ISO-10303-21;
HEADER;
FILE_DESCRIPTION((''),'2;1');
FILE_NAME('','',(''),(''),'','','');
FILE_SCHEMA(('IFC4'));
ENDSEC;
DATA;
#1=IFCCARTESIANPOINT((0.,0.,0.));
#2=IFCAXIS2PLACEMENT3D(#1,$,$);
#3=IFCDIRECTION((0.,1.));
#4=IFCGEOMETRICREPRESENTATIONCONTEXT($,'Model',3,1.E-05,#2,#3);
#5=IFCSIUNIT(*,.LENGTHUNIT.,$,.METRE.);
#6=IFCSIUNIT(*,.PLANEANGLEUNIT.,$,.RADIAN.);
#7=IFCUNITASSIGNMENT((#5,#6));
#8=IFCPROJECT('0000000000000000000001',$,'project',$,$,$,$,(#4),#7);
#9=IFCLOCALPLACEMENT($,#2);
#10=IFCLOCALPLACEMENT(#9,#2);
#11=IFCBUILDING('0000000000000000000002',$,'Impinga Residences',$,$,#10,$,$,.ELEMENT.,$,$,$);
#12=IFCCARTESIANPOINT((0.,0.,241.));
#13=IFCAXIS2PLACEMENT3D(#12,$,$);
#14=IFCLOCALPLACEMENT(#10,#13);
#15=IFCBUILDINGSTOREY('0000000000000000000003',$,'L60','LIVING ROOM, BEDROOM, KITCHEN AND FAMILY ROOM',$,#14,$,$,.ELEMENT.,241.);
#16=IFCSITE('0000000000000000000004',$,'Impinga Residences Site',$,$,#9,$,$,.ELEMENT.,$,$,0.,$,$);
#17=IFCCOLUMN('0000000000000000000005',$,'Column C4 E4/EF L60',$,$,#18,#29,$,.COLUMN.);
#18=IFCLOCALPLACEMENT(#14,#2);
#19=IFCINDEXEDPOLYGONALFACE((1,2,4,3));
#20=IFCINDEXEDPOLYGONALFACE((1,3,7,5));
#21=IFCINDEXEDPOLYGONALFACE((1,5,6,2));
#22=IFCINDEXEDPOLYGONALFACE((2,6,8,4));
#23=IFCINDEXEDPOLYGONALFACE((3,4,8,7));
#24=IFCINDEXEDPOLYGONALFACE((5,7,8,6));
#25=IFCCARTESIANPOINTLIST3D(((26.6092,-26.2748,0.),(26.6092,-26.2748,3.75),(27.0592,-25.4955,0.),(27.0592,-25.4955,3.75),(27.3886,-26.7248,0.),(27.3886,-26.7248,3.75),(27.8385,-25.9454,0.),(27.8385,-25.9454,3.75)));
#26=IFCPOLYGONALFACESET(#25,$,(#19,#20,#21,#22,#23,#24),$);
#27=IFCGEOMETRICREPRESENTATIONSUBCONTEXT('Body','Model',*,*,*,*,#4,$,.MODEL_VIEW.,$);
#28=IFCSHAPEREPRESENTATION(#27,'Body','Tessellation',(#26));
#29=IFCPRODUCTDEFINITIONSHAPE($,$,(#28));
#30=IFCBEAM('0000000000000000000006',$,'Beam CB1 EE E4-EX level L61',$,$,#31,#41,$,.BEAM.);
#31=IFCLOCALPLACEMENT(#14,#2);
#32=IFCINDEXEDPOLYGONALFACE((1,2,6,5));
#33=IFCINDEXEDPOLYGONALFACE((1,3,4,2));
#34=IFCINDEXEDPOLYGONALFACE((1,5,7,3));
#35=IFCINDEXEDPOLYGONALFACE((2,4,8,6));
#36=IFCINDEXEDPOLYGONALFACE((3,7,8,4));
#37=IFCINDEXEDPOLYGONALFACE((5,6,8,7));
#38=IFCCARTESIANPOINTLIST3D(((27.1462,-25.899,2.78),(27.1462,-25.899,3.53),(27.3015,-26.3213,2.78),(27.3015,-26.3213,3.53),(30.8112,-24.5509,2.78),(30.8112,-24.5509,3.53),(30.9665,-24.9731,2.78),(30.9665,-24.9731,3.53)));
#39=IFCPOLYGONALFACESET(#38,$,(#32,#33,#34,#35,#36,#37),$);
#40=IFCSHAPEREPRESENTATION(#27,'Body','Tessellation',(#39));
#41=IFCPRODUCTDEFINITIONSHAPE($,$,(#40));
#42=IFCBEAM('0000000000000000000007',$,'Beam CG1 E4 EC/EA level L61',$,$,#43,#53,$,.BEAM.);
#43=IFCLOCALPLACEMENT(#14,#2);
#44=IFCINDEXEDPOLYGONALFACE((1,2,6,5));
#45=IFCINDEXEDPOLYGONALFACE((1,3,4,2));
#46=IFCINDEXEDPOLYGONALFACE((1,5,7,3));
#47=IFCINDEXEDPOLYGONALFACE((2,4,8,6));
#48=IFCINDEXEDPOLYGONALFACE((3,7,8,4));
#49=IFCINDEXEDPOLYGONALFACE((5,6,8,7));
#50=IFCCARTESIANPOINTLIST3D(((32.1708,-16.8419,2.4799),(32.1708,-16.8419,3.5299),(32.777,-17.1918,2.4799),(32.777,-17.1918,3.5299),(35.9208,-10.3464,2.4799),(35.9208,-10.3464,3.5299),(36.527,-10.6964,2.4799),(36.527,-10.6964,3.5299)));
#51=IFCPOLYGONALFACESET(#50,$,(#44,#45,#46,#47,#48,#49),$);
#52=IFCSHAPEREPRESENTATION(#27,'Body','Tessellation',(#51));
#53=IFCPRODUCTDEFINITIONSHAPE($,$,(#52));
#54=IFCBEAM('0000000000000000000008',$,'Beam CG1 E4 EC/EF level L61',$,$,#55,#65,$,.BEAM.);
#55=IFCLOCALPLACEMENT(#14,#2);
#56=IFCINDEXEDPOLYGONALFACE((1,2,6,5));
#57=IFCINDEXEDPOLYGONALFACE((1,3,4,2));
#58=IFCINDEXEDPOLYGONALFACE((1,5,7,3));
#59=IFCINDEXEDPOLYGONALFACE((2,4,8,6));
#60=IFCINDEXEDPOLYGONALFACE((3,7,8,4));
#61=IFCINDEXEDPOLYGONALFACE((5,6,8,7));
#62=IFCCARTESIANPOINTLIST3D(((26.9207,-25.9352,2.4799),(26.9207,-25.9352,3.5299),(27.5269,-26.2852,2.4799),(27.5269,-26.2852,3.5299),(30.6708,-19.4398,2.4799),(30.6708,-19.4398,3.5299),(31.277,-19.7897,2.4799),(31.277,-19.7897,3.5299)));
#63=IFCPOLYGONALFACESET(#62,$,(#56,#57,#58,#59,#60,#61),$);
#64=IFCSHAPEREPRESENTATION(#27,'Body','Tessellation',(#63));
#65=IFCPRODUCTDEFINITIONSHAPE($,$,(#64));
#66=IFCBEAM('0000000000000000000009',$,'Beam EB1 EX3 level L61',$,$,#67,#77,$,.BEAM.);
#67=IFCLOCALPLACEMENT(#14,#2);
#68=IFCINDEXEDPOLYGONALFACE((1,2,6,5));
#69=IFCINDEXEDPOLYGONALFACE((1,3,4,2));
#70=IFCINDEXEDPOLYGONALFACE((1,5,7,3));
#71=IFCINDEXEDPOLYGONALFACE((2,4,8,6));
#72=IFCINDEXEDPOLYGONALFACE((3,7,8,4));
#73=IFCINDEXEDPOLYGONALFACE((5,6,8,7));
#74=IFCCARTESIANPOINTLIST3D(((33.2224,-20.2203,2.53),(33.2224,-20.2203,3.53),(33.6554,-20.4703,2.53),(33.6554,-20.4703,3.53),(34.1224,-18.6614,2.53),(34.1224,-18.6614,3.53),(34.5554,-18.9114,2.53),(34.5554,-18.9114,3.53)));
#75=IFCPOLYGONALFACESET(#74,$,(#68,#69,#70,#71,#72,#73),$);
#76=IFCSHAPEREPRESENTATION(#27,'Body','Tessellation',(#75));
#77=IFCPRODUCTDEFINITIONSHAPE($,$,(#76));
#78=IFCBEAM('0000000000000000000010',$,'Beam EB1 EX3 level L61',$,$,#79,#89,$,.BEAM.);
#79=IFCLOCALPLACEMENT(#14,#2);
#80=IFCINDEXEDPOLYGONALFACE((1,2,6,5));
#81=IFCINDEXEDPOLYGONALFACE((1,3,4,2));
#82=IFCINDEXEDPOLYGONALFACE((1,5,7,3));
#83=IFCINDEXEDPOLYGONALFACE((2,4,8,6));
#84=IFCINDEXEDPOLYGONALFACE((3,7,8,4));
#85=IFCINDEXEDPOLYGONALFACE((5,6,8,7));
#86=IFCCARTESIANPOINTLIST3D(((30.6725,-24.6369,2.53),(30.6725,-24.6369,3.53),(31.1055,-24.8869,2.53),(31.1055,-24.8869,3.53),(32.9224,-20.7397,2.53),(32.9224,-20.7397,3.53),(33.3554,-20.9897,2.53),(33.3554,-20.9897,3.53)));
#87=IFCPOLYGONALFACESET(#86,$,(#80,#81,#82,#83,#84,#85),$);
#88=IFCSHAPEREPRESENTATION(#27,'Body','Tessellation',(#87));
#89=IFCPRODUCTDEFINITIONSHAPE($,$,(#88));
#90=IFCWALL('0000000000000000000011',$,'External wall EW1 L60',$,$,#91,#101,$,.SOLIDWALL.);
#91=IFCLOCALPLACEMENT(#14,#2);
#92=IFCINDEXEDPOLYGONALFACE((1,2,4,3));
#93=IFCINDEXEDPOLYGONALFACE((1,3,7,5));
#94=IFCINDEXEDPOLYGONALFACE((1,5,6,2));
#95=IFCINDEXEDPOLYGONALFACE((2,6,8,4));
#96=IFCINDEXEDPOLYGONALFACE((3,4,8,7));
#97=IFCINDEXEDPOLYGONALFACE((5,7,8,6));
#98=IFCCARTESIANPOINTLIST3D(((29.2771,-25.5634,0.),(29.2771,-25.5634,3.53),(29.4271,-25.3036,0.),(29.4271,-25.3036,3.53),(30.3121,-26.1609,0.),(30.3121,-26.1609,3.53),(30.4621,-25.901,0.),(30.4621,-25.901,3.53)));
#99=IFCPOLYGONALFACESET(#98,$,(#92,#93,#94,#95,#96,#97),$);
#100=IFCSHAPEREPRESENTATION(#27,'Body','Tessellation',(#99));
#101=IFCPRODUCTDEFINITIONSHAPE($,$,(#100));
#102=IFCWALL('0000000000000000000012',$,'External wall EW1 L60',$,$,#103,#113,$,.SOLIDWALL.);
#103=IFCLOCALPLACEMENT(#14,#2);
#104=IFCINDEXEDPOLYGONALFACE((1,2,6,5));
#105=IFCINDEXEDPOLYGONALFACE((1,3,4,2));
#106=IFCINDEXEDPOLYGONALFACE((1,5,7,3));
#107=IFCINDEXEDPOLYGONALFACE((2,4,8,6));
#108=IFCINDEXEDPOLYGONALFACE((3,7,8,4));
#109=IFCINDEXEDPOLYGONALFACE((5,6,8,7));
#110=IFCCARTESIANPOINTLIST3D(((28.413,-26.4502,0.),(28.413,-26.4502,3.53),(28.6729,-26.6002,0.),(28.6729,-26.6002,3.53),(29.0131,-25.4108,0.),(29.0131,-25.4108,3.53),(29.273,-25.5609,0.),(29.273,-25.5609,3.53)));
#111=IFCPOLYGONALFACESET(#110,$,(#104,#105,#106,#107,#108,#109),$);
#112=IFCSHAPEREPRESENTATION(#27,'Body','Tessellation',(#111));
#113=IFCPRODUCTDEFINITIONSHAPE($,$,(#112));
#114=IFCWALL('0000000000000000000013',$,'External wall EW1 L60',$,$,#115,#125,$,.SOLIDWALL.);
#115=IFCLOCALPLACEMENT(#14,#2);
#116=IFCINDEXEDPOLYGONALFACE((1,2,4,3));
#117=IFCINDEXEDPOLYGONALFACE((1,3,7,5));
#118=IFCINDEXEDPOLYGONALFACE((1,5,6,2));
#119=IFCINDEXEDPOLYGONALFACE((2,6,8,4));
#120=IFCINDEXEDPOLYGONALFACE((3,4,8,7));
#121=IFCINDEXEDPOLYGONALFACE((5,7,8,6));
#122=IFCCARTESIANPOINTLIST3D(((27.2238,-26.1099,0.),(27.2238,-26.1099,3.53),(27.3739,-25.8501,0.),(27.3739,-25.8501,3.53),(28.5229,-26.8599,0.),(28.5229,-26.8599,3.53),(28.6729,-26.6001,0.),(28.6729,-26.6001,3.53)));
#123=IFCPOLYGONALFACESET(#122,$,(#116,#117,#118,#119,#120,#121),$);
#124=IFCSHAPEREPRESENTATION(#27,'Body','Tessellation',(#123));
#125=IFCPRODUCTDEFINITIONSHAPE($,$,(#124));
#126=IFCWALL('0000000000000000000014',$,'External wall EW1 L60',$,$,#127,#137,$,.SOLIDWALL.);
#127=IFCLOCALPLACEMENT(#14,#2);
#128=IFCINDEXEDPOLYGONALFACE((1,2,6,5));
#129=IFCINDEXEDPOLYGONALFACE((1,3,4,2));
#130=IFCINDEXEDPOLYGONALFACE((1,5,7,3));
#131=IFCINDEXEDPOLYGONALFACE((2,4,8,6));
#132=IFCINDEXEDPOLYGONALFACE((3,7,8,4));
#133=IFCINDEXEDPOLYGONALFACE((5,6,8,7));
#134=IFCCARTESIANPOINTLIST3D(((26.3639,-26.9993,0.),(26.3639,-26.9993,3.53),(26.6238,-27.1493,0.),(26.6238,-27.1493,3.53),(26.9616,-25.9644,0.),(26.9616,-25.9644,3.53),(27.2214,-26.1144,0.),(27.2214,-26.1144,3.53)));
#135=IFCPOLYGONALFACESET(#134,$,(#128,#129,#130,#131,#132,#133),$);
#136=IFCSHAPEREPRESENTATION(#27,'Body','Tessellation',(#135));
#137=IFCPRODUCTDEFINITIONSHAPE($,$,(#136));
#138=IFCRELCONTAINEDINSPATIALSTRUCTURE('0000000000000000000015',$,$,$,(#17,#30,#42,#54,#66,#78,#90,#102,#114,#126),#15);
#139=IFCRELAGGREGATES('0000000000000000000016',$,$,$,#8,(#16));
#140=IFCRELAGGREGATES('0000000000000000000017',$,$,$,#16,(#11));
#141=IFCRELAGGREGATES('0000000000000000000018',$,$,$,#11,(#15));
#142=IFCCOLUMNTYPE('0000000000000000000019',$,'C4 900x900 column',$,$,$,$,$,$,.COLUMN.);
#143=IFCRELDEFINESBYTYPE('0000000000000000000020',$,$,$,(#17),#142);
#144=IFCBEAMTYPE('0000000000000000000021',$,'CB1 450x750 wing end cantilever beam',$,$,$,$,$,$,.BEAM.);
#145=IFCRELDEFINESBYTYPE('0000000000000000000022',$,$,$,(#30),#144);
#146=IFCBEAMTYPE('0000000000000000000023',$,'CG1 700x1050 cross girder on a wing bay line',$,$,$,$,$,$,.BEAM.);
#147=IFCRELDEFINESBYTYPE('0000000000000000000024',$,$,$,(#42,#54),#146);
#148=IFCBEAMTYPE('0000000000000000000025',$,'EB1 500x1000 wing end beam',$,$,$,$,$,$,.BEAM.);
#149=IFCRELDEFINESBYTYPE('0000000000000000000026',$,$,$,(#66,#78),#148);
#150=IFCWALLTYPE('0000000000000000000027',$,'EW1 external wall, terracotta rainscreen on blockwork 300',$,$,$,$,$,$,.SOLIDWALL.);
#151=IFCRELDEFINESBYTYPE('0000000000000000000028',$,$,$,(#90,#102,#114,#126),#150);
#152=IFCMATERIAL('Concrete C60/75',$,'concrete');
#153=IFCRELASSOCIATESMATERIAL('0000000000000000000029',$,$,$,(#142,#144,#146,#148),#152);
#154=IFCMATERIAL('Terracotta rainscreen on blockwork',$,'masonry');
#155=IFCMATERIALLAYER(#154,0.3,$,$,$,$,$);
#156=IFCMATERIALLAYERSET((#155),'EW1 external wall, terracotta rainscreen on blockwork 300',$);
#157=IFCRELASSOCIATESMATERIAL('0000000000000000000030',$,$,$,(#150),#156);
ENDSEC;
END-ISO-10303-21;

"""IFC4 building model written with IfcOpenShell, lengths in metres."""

from ifc_helpers import new_model, si_unit, direction, frame, frame_2d, origin, origin_2d, place, context, subcontext, project, spatial, rectangle, extrude, material, layer, layer_set, material_profile, profile_set, type_object, element, save


model = new_model("IFC4")

# Units and contexts
model_context = context("Model", 3, precision=1e-05, world=origin(), true_north=direction((0.0, 1.0)))
body_context = subcontext(model_context, "Body", "Model", "MODEL_VIEW")
ifc_project = project(units=[si_unit("LENGTHUNIT", "METRE"), si_unit("PLANEANGLEUNIT", "RADIAN")], contexts=[model_context])

# Site, building, storey
site_placement = place(None, origin())
site = spatial("IfcSite", under=ifc_project, at=site_placement, Name="Impinga Residences Site", CompositionType="ELEMENT", RefElevation=0.0)
building_placement = place(site_placement, origin())
building = spatial("IfcBuilding", under=site, at=building_placement, Name="Impinga Residences", CompositionType="ELEMENT")
storey_placement = place(building_placement, frame((0.0, 0.0, 241.0)))
storey = spatial("IfcBuildingStorey", under=building, at=storey_placement, Name="L60", Description="LIVING ROOM, BEDROOM, KITCHEN AND FAMILY ROOM", CompositionType="ELEMENT", Elevation=241.0)

# Column
ifc_material_1 = material(Name="Concrete C60/75", Category="concrete")
ifc_material_profile_1 = material_profile(ifc_material_1, rectangle(XDim=0.8999, YDim=0.8999, at=origin_2d()), Name="RC 900x900")
ifc_profile_set_1 = profile_set([ifc_material_profile_1], Name="Concrete C60/75")
column_type = type_object("IfcColumnType", Name="C4 900x900 column", PredefinedType="COLUMN", material=ifc_profile_set_1)
column_placement = place(storey_placement, frame((27.2239, -26.1101, 0.0), z_axis=(0.0, 0.0, 1.0), x_axis=(-0.5, -0.866025, 0.0)))
element("IfcColumn", 1, at=column_placement, inside=storey, type_object=column_type, Name="Column C4 E4/EF L60", PredefinedType="COLUMN", context=body_context, shape_type="SweptSolid", body=[
    extrude(rectangle(XDim=0.8999, YDim=0.8999, at=origin_2d()), origin(), (0.0, 0.0, 1.0), 3.75),
])

# Beams
ifc_material_profile_2 = material_profile(ifc_material_1, rectangle(XDim=0.45, YDim=0.75, at=origin_2d()), Name="RC 450x750")
ifc_profile_set_2 = profile_set([ifc_material_profile_2], Name="Concrete C60/75")
beam_type_1 = type_object("IfcBeamType", Name="CB1 450x750 wing end cantilever beam", PredefinedType="BEAM", material=ifc_profile_set_2)
beam_1_placement = place(storey_placement, frame((27.2239, -26.1101, 3.155), z_axis=(0.93852, 0.345224, 0.0), x_axis=(-0.345224, 0.93852, 0.0)))
element("IfcBeam", 2, at=beam_1_placement, inside=storey, type_object=beam_type_1, Name="Beam CB1 EE E4-EX level L61", PredefinedType="BEAM", context=body_context, shape_type="SweptSolid", body=[
    extrude(rectangle(XDim=0.45, YDim=0.75, at=origin_2d()), origin(), (0.0, 0.0, 1.0), 3.905),
])
ifc_material_profile_3 = material_profile(ifc_material_1, rectangle(XDim=0.7, YDim=1.05, at=origin_2d()), Name="RC 700x1050")
ifc_profile_set_3 = profile_set([ifc_material_profile_3], Name="Concrete C60/75")
beam_type_2 = type_object("IfcBeamType", Name="CG1 700x1050 cross girder on a wing bay line", PredefinedType="BEAM", material=ifc_profile_set_3)
for number, where, z_axis, x_axis, name in (
    (3, (32.4739, -17.0168, 3.0049), (0.49999, 0.866031, 0.0), (-0.866031, 0.49999, 0.0), "Beam CG1 E4 EC/EA level L61"),
    (4, (30.9739, -19.6147, 3.0049), (-0.49999, -0.866031, 0.0), (0.866031, -0.49999, 0.0), "Beam CG1 E4 EC/EF level L61"),
):
    element("IfcBeam", number, at=place(storey_placement, frame(where, z_axis=z_axis, x_axis=x_axis)), inside=storey, type_object=beam_type_2, Name=name, PredefinedType="BEAM", context=body_context, shape_type="SweptSolid", body=[
        extrude(rectangle(XDim=0.7, YDim=1.05, at=origin_2d()), origin(), (0.0, 0.0, 1.0), 7.5002),
    ])
ifc_material_profile_4 = material_profile(ifc_material_1, rectangle(XDim=0.5, YDim=1.0, at=origin_2d()), Name="RC 500x1000")
ifc_profile_set_4 = profile_set([ifc_material_profile_4], Name="Concrete C60/75")
beam_type_3 = type_object("IfcBeamType", Name="EB1 500x1000 wing end beam", PredefinedType="BEAM", material=ifc_profile_set_4)
beam_2_placement = place(storey_placement, frame((34.3389, -18.7864, 3.03), z_axis=(-0.499961, -0.866048, 0.0), x_axis=(0.866048, -0.499961, 0.0)))
element("IfcBeam", 5, at=beam_2_placement, inside=storey, type_object=beam_type_3, Name="Beam EB1 EX3 level L61", PredefinedType="BEAM", context=body_context, shape_type="SweptSolid", body=[
    extrude(rectangle(XDim=0.5, YDim=1.0, at=origin_2d()), origin(), (0.0, 0.0, 1.0), 1.8),
])
beam_3_placement = place(storey_placement, frame((33.1389, -20.8647, 3.03), z_axis=(-0.49999, -0.866031, 0.0), x_axis=(0.866031, -0.49999, 0.0)))
element("IfcBeam", 6, at=beam_3_placement, inside=storey, type_object=beam_type_3, Name="Beam EB1 EX3 level L61", PredefinedType="BEAM", context=body_context, shape_type="SweptSolid", body=[
    extrude(rectangle(XDim=0.5, YDim=1.0, at=origin_2d()), origin(), (0.0, 0.0, 1.0), 4.5),
])

# Walls
ifc_material_2 = material(Name="Terracotta rainscreen on blockwork", Category="masonry")
ifc_layer_1 = layer(ifc_material_2, 0.3)
ifc_layer_set_1 = layer_set([ifc_layer_1], Name="EW1 external wall, terracotta rainscreen on blockwork 300")
wall_type_1 = type_object("IfcWallType", Name="EW1 external wall, terracotta rainscreen on blockwork 300", PredefinedType="SOLIDWALL", material=ifc_layer_set_1)
wall_1_placement = place(storey_placement, frame((30.3872, -26.031, 0.0), z_axis=(0.0, 0.0, 1.0), x_axis=(-0.86606, 0.499941, 0.0)))
element("IfcWall", 7, at=wall_1_placement, inside=storey, type_object=wall_type_1, Name="External wall EW1 L60", PredefinedType="SOLIDWALL", context=body_context, shape_type="SweptSolid", body=[
    extrude(rectangle(XDim=1.1951, YDim=0.3, at=frame_2d((0.5977, 0.0))), origin(), (0.0, 0.0, 1.0), 3.53),
])
wall_2_placement = place(storey_placement, frame((29.1431, -25.4858, 0.0), z_axis=(0.0, 0.0, 1.0), x_axis=(-0.500034, -0.866006, 0.0)))
element("IfcWall", 8, at=wall_2_placement, inside=storey, type_object=wall_type_1, Name="External wall EW1 L60", PredefinedType="SOLIDWALL", context=body_context, shape_type="SweptSolid", body=[
    extrude(rectangle(XDim=1.2002, YDim=0.3, at=frame_2d((0.6001, 0.0))), origin(), (0.0, 0.0, 1.0), 3.53),
])
wall_3_placement = place(storey_placement, frame((28.5979, -26.73, 0.0), z_axis=(0.0, 0.0, 1.0), x_axis=(-0.866031, 0.49999, 0.0)))
element("IfcWall", 9, at=wall_3_placement, inside=storey, type_object=wall_type_1, Name="External wall EW1 L60", PredefinedType="SOLIDWALL", context=body_context, shape_type="SweptSolid", body=[
    extrude(rectangle(XDim=1.5, YDim=0.3, at=frame_2d((0.75, 0.0))), origin(), (0.0, 0.0, 1.0), 3.53),
])
wall_4_placement = place(storey_placement, frame((27.0916, -26.0393, 0.0), z_axis=(0.0, 0.0, 1.0), x_axis=(-0.500094, -0.865971, 0.0)))
element("IfcWall", 10, at=wall_4_placement, inside=storey, type_object=wall_type_1, Name="External wall EW1 L60", PredefinedType="SOLIDWALL", context=body_context, shape_type="SweptSolid", body=[
    extrude(rectangle(XDim=1.1951, YDim=0.3, at=frame_2d((0.5977, 0.0))), origin(), (0.0, 0.0, 1.0), 3.53),
])

save(model, "model.ifc")
